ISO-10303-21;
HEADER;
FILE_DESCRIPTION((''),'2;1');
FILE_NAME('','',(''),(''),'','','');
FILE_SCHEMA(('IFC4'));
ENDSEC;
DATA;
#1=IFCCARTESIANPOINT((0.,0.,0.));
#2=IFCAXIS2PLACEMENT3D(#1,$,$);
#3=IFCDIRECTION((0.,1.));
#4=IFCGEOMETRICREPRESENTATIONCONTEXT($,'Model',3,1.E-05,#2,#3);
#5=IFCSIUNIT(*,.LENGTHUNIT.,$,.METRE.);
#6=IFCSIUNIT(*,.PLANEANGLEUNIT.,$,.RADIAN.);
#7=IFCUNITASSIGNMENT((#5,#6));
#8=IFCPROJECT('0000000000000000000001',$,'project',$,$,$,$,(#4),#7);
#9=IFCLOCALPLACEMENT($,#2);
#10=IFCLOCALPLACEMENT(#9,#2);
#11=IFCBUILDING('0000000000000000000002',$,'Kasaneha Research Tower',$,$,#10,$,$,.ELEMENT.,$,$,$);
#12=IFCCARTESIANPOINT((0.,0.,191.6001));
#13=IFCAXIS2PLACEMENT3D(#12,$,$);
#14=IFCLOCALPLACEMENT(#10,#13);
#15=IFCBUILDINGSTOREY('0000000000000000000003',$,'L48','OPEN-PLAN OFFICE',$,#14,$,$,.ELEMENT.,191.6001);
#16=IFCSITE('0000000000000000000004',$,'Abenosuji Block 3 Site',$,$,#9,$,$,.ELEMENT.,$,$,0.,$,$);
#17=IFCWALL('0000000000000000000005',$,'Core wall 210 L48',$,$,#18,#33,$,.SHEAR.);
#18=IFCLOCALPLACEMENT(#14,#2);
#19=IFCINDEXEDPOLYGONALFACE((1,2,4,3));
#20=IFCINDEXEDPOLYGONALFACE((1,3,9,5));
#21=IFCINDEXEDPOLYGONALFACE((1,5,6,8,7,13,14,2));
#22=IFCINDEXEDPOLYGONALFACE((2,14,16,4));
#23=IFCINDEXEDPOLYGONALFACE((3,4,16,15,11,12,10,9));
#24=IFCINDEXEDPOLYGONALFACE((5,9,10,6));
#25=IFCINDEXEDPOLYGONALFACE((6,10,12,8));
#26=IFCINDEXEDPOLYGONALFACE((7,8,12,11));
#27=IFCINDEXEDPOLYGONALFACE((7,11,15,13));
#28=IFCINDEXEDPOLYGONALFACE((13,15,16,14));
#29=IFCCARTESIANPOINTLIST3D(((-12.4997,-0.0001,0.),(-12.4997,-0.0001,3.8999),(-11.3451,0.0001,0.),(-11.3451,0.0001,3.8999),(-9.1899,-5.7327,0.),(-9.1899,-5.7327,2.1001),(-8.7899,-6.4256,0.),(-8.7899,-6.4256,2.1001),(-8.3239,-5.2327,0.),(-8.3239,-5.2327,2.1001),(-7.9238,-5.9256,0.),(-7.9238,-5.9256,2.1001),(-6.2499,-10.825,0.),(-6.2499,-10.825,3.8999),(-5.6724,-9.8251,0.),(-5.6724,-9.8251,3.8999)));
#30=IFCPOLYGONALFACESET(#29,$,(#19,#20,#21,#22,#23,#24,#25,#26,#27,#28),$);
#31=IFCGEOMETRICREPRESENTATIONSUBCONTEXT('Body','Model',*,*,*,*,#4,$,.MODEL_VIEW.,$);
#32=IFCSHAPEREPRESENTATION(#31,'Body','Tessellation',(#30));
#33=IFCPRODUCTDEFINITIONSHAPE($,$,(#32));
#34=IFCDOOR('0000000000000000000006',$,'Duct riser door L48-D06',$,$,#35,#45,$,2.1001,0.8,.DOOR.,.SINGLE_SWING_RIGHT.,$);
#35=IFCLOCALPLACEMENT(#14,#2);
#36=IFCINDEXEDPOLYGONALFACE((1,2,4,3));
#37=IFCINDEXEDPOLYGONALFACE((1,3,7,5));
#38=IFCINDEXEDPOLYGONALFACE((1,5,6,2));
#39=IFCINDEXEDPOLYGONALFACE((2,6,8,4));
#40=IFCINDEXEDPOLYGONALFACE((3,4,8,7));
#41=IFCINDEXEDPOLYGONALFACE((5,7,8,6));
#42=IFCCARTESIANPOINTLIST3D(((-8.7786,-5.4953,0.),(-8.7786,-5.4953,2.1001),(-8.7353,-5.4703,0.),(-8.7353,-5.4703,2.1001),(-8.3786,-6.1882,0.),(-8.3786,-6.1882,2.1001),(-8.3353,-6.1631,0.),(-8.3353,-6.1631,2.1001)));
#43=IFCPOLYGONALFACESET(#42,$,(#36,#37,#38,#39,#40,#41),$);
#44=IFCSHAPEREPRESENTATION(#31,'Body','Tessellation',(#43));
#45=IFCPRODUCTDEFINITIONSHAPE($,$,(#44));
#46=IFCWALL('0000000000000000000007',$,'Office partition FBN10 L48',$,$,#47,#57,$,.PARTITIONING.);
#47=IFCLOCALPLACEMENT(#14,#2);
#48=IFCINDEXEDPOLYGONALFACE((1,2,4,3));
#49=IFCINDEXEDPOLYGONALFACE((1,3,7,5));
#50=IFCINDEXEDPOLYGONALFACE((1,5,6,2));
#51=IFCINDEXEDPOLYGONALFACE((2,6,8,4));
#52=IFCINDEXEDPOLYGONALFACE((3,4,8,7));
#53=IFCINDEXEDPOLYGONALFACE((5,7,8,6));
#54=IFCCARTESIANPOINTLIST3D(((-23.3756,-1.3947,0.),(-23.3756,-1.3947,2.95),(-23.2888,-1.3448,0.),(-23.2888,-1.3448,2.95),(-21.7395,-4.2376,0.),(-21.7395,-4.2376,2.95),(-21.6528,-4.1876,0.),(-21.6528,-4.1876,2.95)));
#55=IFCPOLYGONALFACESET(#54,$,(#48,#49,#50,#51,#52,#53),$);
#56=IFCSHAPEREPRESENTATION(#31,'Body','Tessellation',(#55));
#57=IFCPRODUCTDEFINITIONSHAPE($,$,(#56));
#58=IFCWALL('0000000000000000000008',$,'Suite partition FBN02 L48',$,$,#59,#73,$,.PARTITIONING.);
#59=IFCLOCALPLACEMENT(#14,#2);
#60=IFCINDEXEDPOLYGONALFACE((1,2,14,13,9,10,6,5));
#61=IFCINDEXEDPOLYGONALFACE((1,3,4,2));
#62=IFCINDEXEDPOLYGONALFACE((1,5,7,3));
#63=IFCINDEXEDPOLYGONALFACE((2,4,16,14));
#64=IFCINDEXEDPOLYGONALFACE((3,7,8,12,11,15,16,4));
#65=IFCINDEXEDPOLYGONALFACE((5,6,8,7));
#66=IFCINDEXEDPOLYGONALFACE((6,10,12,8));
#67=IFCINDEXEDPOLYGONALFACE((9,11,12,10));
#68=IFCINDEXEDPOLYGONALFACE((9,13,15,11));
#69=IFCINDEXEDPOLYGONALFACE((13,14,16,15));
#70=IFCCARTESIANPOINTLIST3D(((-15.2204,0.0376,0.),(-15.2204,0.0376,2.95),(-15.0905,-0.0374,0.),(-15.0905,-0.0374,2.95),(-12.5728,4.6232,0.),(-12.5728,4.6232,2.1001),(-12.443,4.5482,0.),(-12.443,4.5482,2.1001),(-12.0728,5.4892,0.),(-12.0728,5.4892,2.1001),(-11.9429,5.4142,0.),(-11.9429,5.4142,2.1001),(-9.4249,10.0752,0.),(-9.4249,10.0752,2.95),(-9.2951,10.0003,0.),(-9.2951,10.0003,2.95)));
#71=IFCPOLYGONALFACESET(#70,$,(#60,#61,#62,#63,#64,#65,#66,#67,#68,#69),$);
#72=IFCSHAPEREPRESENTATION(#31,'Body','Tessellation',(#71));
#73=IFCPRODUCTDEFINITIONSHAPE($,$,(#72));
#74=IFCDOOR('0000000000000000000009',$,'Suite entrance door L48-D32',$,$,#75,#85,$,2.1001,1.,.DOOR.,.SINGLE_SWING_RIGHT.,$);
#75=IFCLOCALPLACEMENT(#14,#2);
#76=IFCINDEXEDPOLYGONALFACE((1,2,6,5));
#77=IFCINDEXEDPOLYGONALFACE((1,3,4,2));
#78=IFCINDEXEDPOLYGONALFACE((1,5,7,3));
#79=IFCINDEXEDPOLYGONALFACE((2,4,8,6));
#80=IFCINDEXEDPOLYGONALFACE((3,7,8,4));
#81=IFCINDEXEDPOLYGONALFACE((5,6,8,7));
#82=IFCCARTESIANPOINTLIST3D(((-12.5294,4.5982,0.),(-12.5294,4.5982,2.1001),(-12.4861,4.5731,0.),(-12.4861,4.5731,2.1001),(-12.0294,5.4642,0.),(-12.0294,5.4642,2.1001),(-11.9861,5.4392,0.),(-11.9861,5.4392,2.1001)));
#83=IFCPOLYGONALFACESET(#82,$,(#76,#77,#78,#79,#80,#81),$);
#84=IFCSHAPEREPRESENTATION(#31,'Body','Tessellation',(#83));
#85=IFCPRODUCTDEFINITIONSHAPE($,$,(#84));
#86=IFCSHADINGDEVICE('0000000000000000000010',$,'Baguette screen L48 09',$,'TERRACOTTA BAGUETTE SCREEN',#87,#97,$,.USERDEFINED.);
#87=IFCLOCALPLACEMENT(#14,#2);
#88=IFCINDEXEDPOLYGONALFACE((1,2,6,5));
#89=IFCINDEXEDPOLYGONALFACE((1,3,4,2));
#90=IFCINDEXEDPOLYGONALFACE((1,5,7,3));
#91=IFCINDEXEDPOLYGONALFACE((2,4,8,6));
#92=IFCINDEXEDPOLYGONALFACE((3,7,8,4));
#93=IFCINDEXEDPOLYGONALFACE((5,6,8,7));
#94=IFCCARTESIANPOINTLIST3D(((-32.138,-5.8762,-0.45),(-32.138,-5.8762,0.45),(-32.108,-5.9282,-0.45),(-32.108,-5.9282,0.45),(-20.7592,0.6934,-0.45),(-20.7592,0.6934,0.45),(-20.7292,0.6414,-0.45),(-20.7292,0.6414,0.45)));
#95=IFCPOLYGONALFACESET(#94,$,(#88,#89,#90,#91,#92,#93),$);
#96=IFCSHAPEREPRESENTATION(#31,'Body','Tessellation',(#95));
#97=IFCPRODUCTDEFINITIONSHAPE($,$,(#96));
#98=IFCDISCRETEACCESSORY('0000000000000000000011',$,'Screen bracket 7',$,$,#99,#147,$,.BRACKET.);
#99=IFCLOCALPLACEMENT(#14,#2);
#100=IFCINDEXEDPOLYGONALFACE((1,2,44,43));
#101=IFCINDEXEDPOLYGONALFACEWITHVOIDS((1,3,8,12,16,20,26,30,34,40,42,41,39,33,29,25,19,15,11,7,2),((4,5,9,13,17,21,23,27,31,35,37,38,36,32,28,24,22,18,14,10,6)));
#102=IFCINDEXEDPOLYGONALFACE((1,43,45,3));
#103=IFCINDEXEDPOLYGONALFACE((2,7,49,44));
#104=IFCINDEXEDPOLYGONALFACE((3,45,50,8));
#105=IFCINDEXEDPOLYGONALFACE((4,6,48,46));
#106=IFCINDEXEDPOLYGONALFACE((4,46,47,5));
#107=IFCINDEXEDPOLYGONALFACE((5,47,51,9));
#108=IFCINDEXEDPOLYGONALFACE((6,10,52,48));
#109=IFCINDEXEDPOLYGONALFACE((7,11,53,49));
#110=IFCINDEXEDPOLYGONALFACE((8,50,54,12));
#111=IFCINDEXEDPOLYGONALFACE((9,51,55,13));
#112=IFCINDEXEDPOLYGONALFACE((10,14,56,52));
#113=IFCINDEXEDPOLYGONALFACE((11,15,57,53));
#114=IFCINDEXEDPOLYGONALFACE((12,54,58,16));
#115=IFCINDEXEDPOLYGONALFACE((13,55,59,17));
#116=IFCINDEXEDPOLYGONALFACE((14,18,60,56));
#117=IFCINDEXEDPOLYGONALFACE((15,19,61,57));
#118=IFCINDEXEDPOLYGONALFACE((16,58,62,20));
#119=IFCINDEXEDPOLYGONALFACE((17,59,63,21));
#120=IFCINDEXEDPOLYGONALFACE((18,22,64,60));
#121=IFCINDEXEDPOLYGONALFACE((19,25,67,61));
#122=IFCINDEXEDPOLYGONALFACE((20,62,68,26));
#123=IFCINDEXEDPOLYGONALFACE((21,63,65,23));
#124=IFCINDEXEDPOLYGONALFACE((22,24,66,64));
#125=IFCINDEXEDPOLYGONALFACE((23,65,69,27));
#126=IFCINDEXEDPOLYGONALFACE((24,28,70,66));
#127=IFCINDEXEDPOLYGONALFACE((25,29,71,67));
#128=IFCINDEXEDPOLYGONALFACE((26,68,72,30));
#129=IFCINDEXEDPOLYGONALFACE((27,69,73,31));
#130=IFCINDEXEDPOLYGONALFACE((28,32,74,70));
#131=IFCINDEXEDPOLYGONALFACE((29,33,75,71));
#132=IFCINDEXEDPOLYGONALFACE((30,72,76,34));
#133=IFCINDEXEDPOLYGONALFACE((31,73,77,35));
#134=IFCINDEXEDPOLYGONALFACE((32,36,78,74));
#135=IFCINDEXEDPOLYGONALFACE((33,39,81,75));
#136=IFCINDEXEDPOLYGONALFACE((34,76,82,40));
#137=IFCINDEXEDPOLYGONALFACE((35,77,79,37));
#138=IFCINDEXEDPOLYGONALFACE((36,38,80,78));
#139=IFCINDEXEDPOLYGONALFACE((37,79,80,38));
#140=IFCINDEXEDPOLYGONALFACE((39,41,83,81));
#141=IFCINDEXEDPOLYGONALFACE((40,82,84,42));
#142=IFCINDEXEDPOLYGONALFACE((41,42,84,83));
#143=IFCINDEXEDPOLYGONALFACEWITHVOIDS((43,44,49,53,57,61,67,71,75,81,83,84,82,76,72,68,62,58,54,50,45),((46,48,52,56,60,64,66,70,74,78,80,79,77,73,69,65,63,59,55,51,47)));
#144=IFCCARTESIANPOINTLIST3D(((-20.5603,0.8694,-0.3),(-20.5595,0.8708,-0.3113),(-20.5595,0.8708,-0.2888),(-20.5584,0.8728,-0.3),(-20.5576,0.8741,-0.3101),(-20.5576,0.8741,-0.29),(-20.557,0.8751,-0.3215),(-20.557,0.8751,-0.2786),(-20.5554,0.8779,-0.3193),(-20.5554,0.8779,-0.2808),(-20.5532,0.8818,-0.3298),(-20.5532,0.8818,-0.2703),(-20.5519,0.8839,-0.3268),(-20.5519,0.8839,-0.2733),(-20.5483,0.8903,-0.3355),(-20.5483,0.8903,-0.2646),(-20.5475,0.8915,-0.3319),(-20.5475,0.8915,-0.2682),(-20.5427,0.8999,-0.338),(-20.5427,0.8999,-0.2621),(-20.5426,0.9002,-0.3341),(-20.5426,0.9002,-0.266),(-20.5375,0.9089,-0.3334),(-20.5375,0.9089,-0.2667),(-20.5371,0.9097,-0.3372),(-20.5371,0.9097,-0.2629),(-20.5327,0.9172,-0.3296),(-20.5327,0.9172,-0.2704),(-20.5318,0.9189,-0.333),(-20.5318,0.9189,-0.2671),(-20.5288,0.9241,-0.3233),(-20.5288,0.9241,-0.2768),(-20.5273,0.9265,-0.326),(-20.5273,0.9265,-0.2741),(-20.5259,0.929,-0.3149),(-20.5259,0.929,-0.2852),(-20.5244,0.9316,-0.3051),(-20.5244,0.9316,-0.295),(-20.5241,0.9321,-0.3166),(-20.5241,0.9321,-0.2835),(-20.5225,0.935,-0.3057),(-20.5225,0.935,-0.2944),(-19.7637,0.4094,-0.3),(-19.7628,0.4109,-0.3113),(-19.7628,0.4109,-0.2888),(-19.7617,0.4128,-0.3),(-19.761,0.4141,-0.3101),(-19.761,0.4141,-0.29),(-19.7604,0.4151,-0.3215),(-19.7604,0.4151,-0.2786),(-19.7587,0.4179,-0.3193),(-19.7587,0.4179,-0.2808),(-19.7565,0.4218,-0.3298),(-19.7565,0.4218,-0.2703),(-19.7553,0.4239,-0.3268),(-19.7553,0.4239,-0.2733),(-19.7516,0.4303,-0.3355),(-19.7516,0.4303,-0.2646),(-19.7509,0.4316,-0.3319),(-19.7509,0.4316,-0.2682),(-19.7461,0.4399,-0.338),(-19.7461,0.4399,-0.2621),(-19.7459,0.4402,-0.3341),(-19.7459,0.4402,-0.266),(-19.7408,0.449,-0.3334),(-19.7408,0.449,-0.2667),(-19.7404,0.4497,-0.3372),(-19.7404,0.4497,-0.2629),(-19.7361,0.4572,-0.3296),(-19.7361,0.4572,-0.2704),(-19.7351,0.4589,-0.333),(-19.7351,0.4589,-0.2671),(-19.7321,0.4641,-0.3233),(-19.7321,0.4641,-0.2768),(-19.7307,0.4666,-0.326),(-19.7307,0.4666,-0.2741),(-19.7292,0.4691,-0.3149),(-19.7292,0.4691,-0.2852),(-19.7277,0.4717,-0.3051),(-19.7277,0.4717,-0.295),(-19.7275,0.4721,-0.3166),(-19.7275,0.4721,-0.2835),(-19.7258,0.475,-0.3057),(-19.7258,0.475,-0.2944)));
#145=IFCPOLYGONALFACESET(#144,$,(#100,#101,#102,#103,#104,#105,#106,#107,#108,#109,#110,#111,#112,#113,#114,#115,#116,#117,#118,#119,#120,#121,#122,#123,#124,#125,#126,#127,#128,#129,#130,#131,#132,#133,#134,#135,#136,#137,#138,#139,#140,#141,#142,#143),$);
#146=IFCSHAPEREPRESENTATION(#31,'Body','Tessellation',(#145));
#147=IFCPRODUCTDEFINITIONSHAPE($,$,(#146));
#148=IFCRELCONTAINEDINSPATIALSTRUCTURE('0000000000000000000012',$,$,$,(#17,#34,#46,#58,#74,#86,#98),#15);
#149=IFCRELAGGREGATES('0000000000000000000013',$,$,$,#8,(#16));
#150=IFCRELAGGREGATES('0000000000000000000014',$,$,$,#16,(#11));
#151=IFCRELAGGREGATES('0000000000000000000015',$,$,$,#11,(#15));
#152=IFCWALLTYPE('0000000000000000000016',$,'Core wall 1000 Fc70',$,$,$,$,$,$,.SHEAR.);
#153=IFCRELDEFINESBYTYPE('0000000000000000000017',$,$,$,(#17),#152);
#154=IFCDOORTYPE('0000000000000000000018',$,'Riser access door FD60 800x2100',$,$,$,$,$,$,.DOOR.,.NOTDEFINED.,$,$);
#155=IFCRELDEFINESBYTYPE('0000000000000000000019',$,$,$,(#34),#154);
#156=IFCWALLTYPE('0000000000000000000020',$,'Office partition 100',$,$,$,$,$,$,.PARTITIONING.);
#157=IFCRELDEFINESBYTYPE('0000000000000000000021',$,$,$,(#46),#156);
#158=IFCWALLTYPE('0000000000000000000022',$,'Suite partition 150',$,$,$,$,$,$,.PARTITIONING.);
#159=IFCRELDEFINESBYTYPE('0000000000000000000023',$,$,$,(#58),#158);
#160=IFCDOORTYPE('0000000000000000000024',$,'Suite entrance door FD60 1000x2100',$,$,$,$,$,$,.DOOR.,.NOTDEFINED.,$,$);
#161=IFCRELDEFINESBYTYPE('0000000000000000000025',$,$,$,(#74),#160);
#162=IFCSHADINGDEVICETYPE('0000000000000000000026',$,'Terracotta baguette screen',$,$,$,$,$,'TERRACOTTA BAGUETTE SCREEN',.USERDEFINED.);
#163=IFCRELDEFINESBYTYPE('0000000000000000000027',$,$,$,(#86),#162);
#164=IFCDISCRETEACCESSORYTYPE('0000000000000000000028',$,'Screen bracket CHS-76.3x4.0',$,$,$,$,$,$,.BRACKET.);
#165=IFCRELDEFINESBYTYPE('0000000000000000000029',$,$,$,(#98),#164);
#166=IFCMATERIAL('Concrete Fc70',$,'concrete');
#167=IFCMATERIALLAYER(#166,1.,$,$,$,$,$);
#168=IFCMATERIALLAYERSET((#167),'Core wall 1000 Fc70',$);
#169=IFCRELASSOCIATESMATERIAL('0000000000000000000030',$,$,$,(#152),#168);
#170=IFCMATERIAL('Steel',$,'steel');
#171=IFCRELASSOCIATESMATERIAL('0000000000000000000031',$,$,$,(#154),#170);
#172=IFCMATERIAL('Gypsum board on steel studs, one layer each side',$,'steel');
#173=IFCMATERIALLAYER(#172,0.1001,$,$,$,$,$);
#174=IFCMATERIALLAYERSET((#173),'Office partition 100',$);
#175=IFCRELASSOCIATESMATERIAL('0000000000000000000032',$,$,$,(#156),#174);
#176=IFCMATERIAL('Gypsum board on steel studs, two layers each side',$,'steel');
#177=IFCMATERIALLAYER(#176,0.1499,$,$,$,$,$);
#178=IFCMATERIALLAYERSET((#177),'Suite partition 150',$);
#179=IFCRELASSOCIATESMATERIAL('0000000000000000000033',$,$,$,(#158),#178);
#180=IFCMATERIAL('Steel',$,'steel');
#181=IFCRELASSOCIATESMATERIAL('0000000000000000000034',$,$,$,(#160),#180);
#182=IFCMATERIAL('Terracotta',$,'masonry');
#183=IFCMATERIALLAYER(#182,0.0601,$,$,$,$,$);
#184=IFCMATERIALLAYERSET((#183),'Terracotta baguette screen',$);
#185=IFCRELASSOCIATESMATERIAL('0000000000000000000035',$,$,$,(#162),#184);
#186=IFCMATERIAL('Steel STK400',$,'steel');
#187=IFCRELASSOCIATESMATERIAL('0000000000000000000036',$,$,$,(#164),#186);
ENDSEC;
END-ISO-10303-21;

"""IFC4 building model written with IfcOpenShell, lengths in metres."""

from ifc_helpers import new_model, si_unit, direction, frame, frame_2d, origin, origin_2d, place, context, subcontext, project, spatial, polyline, rectangle, hollow_circle, outline, extrude, material, layer, layer_set, material_profile, profile_set, type_object, element, fill, save


model = new_model("IFC4")

# Units and contexts
model_context = context("Model", 3, precision=1e-05, world=origin(), true_north=direction((0.0, 1.0)))
body_context = subcontext(model_context, "Body", "Model", "MODEL_VIEW")
ifc_project = project(units=[si_unit("LENGTHUNIT", "METRE"), si_unit("PLANEANGLEUNIT", "RADIAN")], contexts=[model_context])

# Site, building, storey
site_placement = place(None, origin())
site = spatial("IfcSite", under=ifc_project, at=site_placement, Name="Abenosuji Block 3 Site", CompositionType="ELEMENT", RefElevation=0.0)
building_placement = place(site_placement, origin())
building = spatial("IfcBuilding", under=site, at=building_placement, Name="Kasaneha Research Tower", CompositionType="ELEMENT")
storey_placement = place(building_placement, frame((0.0, 0.0, 191.6001)))
storey = spatial("IfcBuildingStorey", under=building, at=storey_placement, Name="L48", Description="OPEN-PLAN OFFICE", CompositionType="ELEMENT", Elevation=191.6001)

# Wall, opening, door
ifc_material_1 = material(Name="Concrete Fc70", Category="concrete")
ifc_layer_1 = layer(ifc_material_1, 1.0)
ifc_layer_set_1 = layer_set([ifc_layer_1], Name="Core wall 1000 Fc70")
wall_type_1 = type_object("IfcWallType", Name="Core wall 1000 Fc70", PredefinedType="SHEAR", material=ifc_layer_set_1)
wall_1_placement = place(storey_placement, frame((-11.9224, 0.0, 0.0), z_axis=(0.0, 0.0, 1.0), x_axis=(0.500004, -0.866023, 0.0)))
wall_1 = element("IfcWall", 1, at=wall_1_placement, inside=storey, type_object=wall_type_1, Name="Core wall 210 L48", PredefinedType="SHEAR", context=body_context, shape_type="SweptSolid", body=[
    extrude(outline(polyline([(-0.2886, -0.5), (6.3311, -0.5), (7.1311, -0.5), (12.2109, -0.5), (11.6338, 0.5), (7.1311, 0.5), (6.3311, 0.5), (0.2886, 0.5), (-0.2886, -0.5)])), origin(), (0.0, 0.0, 1.0), 3.8999),
])
opening_1_placement = place(wall_1_placement, frame((6.3311, 0.0, 0.0)))
opening_1 = element("IfcOpeningElement", 2, at=opening_1_placement, cuts=wall_1, PredefinedType="OPENING", context=body_context, shape_type="SweptSolid", body=[
    extrude(rectangle(XDim=0.8, YDim=2.1001, at=frame_2d((0.3999, 1.05))), frame((0.0, 0.51, 0.0), z_axis=(0.0, -1.0, 0.0), x_axis=(1.0, 0.0, 0.0)), (0.0, 0.0, 1.0), 1.02),
])
ifc_material_2 = material(Name="Steel", Category="steel")
door_type_1 = type_object("IfcDoorType", Name="Riser access door FD60 800x2100", OperationType="NOTDEFINED", PredefinedType="DOOR", material=ifc_material_2)
door_1_placement = place(opening_1_placement, origin())
door_1 = element("IfcDoor", 3, at=door_1_placement, inside=storey, type_object=door_type_1, Name="Duct riser door L48-D06", OperationType="SINGLE_SWING_RIGHT", OverallHeight=2.1001, OverallWidth=0.8, PredefinedType="DOOR", context=body_context, shape_type="SweptSolid", body=[
    extrude(rectangle(XDim=0.8, YDim=2.1001, at=frame_2d((0.3999, 1.05))), frame((0.0, 0.0249, 0.0), z_axis=(0.0, -1.0, 0.0), x_axis=(1.0, 0.0, 0.0)), (0.0, 0.0, 1.0), 0.05),
])
fill(opening_1, door_1)

# Wall
ifc_material_3 = material(Name="Gypsum board on steel studs, one layer each side", Category="steel")
ifc_layer_2 = layer(ifc_material_3, 0.1001)
ifc_layer_set_2 = layer_set([ifc_layer_2], Name="Office partition 100")
wall_type_2 = type_object("IfcWallType", Name="Office partition 100", PredefinedType="PARTITIONING", material=ifc_layer_set_2)
wall_2_placement = place(storey_placement, frame((-23.3323, -1.3696, 0.0), z_axis=(0.0, 0.0, 1.0), x_axis=(0.49879, -0.866723, 0.0)))
element("IfcWall", 4, at=wall_2_placement, inside=storey, type_object=wall_type_2, Name="Office partition FBN10 L48", PredefinedType="PARTITIONING", context=body_context, shape_type="SweptSolid", body=[
    extrude(rectangle(XDim=3.28, YDim=0.1001, at=frame_2d((1.6401, 0.0))), origin(), (0.0, 0.0, 1.0), 2.95),
])

# Wall, opening, door
ifc_material_4 = material(Name="Gypsum board on steel studs, two layers each side", Category="steel")
ifc_layer_3 = layer(ifc_material_4, 0.1499)
ifc_layer_set_3 = layer_set([ifc_layer_3], Name="Suite partition 150")
wall_type_3 = type_object("IfcWallType", Name="Suite partition 150", PredefinedType="PARTITIONING", material=ifc_layer_set_3)
wall_3_placement = place(storey_placement, frame((-15.1555, 0.0, 0.0), z_axis=(0.0, 0.0, 1.0), x_axis=(0.500013, 0.866018, 0.0)))
wall_3 = element("IfcWall", 5, at=wall_3_placement, inside=storey, type_object=wall_type_3, Name="Suite partition FBN02 L48", PredefinedType="PARTITIONING", context=body_context, shape_type="SweptSolid", body=[
    extrude(rectangle(XDim=11.5906, YDim=0.1499, at=frame_2d((5.7954, 0.0))), origin(), (0.0, 0.0, 1.0), 2.95),
])
opening_2_placement = place(wall_3_placement, frame((5.2952, 0.0, 0.0)))
opening_2 = element("IfcOpeningElement", 6, at=opening_2_placement, cuts=wall_3, PredefinedType="OPENING", context=body_context, shape_type="SweptSolid", body=[
    extrude(rectangle(XDim=1.0, YDim=2.1001, at=frame_2d((0.5, 1.05))), frame((0.0, 0.085, 0.0), z_axis=(0.0, -1.0, 0.0), x_axis=(1.0, 0.0, 0.0)), (0.0, 0.0, 1.0), 0.1699),
])
ifc_material_5 = material(Name="Steel", Category="steel")
door_type_2 = type_object("IfcDoorType", Name="Suite entrance door FD60 1000x2100", OperationType="NOTDEFINED", PredefinedType="DOOR", material=ifc_material_5)
door_2_placement = place(opening_2_placement, origin())
door_2 = element("IfcDoor", 7, at=door_2_placement, inside=storey, type_object=door_type_2, Name="Suite entrance door L48-D32", OperationType="SINGLE_SWING_RIGHT", OverallHeight=2.1001, OverallWidth=1.0, PredefinedType="DOOR", context=body_context, shape_type="SweptSolid", body=[
    extrude(rectangle(XDim=1.0, YDim=2.1001, at=frame_2d((0.5, 1.05))), frame((0.0, 0.0249, 0.0), z_axis=(0.0, -1.0, 0.0), x_axis=(1.0, 0.0, 0.0)), (0.0, 0.0, 1.0), 0.05),
])
fill(opening_2, door_2)

# Shading device
ifc_material_6 = material(Name="Terracotta", Category="masonry")
ifc_layer_4 = layer(ifc_material_6, 0.0601)
ifc_layer_set_4 = layer_set([ifc_layer_4], Name="Terracotta baguette screen")
shading_device_type = type_object("IfcShadingDeviceType", Name="Terracotta baguette screen", ElementType="TERRACOTTA BAGUETTE SCREEN", PredefinedType="USERDEFINED", material=ifc_layer_set_4)
shading_device_placement = place(storey_placement, frame((-26.4336, -2.6174, -0.45), z_axis=(0.0, 0.0, 1.0), x_axis=(-0.866025, -0.5, 0.0)))
element("IfcShadingDevice", 8, at=shading_device_placement, inside=storey, type_object=shading_device_type, Name="Baguette screen L48 09", ObjectType="TERRACOTTA BAGUETTE SCREEN", PredefinedType="USERDEFINED", context=body_context, shape_type="SweptSolid", body=[
    extrude(rectangle(XDim=13.1392, YDim=0.0601, at=origin_2d()), origin(), (0.0, 0.0, 1.0), 0.8999),
])

# Discrete accessory
ifc_material_7 = material(Name="Steel STK400", Category="steel")
ifc_material_profile_1 = material_profile(ifc_material_7, hollow_circle(Radius=0.0381, WallThickness=0.0039, at=origin_2d()), Name="CHS-76.3x4.0")
ifc_profile_set_1 = profile_set([ifc_material_profile_1], Name="Steel STK400")
discrete_accessory_type = type_object("IfcDiscreteAccessoryType", Name="Screen bracket CHS-76.3x4.0", PredefinedType="BRACKET", material=ifc_profile_set_1)
for number, where, z_axis, x_axis, name in (
    (9, (-19.7446, 0.4424, -0.3), (-0.866013, 0.500021, 0.0), (-0.500021, -0.866013, 0.0), "Screen bracket 7"),
):
    element("IfcDiscreteAccessory", number, at=place(storey_placement, frame(where, z_axis=z_axis, x_axis=x_axis)), inside=storey, type_object=discrete_accessory_type, Name=name, PredefinedType="BRACKET", context=body_context, shape_type="SweptSolid", body=[
        extrude(hollow_circle(Radius=0.0381, WallThickness=0.0039, at=origin_2d()), origin(), (0.0, 0.0, 1.0), 0.9199),
    ])

save(model, "model.ifc")
